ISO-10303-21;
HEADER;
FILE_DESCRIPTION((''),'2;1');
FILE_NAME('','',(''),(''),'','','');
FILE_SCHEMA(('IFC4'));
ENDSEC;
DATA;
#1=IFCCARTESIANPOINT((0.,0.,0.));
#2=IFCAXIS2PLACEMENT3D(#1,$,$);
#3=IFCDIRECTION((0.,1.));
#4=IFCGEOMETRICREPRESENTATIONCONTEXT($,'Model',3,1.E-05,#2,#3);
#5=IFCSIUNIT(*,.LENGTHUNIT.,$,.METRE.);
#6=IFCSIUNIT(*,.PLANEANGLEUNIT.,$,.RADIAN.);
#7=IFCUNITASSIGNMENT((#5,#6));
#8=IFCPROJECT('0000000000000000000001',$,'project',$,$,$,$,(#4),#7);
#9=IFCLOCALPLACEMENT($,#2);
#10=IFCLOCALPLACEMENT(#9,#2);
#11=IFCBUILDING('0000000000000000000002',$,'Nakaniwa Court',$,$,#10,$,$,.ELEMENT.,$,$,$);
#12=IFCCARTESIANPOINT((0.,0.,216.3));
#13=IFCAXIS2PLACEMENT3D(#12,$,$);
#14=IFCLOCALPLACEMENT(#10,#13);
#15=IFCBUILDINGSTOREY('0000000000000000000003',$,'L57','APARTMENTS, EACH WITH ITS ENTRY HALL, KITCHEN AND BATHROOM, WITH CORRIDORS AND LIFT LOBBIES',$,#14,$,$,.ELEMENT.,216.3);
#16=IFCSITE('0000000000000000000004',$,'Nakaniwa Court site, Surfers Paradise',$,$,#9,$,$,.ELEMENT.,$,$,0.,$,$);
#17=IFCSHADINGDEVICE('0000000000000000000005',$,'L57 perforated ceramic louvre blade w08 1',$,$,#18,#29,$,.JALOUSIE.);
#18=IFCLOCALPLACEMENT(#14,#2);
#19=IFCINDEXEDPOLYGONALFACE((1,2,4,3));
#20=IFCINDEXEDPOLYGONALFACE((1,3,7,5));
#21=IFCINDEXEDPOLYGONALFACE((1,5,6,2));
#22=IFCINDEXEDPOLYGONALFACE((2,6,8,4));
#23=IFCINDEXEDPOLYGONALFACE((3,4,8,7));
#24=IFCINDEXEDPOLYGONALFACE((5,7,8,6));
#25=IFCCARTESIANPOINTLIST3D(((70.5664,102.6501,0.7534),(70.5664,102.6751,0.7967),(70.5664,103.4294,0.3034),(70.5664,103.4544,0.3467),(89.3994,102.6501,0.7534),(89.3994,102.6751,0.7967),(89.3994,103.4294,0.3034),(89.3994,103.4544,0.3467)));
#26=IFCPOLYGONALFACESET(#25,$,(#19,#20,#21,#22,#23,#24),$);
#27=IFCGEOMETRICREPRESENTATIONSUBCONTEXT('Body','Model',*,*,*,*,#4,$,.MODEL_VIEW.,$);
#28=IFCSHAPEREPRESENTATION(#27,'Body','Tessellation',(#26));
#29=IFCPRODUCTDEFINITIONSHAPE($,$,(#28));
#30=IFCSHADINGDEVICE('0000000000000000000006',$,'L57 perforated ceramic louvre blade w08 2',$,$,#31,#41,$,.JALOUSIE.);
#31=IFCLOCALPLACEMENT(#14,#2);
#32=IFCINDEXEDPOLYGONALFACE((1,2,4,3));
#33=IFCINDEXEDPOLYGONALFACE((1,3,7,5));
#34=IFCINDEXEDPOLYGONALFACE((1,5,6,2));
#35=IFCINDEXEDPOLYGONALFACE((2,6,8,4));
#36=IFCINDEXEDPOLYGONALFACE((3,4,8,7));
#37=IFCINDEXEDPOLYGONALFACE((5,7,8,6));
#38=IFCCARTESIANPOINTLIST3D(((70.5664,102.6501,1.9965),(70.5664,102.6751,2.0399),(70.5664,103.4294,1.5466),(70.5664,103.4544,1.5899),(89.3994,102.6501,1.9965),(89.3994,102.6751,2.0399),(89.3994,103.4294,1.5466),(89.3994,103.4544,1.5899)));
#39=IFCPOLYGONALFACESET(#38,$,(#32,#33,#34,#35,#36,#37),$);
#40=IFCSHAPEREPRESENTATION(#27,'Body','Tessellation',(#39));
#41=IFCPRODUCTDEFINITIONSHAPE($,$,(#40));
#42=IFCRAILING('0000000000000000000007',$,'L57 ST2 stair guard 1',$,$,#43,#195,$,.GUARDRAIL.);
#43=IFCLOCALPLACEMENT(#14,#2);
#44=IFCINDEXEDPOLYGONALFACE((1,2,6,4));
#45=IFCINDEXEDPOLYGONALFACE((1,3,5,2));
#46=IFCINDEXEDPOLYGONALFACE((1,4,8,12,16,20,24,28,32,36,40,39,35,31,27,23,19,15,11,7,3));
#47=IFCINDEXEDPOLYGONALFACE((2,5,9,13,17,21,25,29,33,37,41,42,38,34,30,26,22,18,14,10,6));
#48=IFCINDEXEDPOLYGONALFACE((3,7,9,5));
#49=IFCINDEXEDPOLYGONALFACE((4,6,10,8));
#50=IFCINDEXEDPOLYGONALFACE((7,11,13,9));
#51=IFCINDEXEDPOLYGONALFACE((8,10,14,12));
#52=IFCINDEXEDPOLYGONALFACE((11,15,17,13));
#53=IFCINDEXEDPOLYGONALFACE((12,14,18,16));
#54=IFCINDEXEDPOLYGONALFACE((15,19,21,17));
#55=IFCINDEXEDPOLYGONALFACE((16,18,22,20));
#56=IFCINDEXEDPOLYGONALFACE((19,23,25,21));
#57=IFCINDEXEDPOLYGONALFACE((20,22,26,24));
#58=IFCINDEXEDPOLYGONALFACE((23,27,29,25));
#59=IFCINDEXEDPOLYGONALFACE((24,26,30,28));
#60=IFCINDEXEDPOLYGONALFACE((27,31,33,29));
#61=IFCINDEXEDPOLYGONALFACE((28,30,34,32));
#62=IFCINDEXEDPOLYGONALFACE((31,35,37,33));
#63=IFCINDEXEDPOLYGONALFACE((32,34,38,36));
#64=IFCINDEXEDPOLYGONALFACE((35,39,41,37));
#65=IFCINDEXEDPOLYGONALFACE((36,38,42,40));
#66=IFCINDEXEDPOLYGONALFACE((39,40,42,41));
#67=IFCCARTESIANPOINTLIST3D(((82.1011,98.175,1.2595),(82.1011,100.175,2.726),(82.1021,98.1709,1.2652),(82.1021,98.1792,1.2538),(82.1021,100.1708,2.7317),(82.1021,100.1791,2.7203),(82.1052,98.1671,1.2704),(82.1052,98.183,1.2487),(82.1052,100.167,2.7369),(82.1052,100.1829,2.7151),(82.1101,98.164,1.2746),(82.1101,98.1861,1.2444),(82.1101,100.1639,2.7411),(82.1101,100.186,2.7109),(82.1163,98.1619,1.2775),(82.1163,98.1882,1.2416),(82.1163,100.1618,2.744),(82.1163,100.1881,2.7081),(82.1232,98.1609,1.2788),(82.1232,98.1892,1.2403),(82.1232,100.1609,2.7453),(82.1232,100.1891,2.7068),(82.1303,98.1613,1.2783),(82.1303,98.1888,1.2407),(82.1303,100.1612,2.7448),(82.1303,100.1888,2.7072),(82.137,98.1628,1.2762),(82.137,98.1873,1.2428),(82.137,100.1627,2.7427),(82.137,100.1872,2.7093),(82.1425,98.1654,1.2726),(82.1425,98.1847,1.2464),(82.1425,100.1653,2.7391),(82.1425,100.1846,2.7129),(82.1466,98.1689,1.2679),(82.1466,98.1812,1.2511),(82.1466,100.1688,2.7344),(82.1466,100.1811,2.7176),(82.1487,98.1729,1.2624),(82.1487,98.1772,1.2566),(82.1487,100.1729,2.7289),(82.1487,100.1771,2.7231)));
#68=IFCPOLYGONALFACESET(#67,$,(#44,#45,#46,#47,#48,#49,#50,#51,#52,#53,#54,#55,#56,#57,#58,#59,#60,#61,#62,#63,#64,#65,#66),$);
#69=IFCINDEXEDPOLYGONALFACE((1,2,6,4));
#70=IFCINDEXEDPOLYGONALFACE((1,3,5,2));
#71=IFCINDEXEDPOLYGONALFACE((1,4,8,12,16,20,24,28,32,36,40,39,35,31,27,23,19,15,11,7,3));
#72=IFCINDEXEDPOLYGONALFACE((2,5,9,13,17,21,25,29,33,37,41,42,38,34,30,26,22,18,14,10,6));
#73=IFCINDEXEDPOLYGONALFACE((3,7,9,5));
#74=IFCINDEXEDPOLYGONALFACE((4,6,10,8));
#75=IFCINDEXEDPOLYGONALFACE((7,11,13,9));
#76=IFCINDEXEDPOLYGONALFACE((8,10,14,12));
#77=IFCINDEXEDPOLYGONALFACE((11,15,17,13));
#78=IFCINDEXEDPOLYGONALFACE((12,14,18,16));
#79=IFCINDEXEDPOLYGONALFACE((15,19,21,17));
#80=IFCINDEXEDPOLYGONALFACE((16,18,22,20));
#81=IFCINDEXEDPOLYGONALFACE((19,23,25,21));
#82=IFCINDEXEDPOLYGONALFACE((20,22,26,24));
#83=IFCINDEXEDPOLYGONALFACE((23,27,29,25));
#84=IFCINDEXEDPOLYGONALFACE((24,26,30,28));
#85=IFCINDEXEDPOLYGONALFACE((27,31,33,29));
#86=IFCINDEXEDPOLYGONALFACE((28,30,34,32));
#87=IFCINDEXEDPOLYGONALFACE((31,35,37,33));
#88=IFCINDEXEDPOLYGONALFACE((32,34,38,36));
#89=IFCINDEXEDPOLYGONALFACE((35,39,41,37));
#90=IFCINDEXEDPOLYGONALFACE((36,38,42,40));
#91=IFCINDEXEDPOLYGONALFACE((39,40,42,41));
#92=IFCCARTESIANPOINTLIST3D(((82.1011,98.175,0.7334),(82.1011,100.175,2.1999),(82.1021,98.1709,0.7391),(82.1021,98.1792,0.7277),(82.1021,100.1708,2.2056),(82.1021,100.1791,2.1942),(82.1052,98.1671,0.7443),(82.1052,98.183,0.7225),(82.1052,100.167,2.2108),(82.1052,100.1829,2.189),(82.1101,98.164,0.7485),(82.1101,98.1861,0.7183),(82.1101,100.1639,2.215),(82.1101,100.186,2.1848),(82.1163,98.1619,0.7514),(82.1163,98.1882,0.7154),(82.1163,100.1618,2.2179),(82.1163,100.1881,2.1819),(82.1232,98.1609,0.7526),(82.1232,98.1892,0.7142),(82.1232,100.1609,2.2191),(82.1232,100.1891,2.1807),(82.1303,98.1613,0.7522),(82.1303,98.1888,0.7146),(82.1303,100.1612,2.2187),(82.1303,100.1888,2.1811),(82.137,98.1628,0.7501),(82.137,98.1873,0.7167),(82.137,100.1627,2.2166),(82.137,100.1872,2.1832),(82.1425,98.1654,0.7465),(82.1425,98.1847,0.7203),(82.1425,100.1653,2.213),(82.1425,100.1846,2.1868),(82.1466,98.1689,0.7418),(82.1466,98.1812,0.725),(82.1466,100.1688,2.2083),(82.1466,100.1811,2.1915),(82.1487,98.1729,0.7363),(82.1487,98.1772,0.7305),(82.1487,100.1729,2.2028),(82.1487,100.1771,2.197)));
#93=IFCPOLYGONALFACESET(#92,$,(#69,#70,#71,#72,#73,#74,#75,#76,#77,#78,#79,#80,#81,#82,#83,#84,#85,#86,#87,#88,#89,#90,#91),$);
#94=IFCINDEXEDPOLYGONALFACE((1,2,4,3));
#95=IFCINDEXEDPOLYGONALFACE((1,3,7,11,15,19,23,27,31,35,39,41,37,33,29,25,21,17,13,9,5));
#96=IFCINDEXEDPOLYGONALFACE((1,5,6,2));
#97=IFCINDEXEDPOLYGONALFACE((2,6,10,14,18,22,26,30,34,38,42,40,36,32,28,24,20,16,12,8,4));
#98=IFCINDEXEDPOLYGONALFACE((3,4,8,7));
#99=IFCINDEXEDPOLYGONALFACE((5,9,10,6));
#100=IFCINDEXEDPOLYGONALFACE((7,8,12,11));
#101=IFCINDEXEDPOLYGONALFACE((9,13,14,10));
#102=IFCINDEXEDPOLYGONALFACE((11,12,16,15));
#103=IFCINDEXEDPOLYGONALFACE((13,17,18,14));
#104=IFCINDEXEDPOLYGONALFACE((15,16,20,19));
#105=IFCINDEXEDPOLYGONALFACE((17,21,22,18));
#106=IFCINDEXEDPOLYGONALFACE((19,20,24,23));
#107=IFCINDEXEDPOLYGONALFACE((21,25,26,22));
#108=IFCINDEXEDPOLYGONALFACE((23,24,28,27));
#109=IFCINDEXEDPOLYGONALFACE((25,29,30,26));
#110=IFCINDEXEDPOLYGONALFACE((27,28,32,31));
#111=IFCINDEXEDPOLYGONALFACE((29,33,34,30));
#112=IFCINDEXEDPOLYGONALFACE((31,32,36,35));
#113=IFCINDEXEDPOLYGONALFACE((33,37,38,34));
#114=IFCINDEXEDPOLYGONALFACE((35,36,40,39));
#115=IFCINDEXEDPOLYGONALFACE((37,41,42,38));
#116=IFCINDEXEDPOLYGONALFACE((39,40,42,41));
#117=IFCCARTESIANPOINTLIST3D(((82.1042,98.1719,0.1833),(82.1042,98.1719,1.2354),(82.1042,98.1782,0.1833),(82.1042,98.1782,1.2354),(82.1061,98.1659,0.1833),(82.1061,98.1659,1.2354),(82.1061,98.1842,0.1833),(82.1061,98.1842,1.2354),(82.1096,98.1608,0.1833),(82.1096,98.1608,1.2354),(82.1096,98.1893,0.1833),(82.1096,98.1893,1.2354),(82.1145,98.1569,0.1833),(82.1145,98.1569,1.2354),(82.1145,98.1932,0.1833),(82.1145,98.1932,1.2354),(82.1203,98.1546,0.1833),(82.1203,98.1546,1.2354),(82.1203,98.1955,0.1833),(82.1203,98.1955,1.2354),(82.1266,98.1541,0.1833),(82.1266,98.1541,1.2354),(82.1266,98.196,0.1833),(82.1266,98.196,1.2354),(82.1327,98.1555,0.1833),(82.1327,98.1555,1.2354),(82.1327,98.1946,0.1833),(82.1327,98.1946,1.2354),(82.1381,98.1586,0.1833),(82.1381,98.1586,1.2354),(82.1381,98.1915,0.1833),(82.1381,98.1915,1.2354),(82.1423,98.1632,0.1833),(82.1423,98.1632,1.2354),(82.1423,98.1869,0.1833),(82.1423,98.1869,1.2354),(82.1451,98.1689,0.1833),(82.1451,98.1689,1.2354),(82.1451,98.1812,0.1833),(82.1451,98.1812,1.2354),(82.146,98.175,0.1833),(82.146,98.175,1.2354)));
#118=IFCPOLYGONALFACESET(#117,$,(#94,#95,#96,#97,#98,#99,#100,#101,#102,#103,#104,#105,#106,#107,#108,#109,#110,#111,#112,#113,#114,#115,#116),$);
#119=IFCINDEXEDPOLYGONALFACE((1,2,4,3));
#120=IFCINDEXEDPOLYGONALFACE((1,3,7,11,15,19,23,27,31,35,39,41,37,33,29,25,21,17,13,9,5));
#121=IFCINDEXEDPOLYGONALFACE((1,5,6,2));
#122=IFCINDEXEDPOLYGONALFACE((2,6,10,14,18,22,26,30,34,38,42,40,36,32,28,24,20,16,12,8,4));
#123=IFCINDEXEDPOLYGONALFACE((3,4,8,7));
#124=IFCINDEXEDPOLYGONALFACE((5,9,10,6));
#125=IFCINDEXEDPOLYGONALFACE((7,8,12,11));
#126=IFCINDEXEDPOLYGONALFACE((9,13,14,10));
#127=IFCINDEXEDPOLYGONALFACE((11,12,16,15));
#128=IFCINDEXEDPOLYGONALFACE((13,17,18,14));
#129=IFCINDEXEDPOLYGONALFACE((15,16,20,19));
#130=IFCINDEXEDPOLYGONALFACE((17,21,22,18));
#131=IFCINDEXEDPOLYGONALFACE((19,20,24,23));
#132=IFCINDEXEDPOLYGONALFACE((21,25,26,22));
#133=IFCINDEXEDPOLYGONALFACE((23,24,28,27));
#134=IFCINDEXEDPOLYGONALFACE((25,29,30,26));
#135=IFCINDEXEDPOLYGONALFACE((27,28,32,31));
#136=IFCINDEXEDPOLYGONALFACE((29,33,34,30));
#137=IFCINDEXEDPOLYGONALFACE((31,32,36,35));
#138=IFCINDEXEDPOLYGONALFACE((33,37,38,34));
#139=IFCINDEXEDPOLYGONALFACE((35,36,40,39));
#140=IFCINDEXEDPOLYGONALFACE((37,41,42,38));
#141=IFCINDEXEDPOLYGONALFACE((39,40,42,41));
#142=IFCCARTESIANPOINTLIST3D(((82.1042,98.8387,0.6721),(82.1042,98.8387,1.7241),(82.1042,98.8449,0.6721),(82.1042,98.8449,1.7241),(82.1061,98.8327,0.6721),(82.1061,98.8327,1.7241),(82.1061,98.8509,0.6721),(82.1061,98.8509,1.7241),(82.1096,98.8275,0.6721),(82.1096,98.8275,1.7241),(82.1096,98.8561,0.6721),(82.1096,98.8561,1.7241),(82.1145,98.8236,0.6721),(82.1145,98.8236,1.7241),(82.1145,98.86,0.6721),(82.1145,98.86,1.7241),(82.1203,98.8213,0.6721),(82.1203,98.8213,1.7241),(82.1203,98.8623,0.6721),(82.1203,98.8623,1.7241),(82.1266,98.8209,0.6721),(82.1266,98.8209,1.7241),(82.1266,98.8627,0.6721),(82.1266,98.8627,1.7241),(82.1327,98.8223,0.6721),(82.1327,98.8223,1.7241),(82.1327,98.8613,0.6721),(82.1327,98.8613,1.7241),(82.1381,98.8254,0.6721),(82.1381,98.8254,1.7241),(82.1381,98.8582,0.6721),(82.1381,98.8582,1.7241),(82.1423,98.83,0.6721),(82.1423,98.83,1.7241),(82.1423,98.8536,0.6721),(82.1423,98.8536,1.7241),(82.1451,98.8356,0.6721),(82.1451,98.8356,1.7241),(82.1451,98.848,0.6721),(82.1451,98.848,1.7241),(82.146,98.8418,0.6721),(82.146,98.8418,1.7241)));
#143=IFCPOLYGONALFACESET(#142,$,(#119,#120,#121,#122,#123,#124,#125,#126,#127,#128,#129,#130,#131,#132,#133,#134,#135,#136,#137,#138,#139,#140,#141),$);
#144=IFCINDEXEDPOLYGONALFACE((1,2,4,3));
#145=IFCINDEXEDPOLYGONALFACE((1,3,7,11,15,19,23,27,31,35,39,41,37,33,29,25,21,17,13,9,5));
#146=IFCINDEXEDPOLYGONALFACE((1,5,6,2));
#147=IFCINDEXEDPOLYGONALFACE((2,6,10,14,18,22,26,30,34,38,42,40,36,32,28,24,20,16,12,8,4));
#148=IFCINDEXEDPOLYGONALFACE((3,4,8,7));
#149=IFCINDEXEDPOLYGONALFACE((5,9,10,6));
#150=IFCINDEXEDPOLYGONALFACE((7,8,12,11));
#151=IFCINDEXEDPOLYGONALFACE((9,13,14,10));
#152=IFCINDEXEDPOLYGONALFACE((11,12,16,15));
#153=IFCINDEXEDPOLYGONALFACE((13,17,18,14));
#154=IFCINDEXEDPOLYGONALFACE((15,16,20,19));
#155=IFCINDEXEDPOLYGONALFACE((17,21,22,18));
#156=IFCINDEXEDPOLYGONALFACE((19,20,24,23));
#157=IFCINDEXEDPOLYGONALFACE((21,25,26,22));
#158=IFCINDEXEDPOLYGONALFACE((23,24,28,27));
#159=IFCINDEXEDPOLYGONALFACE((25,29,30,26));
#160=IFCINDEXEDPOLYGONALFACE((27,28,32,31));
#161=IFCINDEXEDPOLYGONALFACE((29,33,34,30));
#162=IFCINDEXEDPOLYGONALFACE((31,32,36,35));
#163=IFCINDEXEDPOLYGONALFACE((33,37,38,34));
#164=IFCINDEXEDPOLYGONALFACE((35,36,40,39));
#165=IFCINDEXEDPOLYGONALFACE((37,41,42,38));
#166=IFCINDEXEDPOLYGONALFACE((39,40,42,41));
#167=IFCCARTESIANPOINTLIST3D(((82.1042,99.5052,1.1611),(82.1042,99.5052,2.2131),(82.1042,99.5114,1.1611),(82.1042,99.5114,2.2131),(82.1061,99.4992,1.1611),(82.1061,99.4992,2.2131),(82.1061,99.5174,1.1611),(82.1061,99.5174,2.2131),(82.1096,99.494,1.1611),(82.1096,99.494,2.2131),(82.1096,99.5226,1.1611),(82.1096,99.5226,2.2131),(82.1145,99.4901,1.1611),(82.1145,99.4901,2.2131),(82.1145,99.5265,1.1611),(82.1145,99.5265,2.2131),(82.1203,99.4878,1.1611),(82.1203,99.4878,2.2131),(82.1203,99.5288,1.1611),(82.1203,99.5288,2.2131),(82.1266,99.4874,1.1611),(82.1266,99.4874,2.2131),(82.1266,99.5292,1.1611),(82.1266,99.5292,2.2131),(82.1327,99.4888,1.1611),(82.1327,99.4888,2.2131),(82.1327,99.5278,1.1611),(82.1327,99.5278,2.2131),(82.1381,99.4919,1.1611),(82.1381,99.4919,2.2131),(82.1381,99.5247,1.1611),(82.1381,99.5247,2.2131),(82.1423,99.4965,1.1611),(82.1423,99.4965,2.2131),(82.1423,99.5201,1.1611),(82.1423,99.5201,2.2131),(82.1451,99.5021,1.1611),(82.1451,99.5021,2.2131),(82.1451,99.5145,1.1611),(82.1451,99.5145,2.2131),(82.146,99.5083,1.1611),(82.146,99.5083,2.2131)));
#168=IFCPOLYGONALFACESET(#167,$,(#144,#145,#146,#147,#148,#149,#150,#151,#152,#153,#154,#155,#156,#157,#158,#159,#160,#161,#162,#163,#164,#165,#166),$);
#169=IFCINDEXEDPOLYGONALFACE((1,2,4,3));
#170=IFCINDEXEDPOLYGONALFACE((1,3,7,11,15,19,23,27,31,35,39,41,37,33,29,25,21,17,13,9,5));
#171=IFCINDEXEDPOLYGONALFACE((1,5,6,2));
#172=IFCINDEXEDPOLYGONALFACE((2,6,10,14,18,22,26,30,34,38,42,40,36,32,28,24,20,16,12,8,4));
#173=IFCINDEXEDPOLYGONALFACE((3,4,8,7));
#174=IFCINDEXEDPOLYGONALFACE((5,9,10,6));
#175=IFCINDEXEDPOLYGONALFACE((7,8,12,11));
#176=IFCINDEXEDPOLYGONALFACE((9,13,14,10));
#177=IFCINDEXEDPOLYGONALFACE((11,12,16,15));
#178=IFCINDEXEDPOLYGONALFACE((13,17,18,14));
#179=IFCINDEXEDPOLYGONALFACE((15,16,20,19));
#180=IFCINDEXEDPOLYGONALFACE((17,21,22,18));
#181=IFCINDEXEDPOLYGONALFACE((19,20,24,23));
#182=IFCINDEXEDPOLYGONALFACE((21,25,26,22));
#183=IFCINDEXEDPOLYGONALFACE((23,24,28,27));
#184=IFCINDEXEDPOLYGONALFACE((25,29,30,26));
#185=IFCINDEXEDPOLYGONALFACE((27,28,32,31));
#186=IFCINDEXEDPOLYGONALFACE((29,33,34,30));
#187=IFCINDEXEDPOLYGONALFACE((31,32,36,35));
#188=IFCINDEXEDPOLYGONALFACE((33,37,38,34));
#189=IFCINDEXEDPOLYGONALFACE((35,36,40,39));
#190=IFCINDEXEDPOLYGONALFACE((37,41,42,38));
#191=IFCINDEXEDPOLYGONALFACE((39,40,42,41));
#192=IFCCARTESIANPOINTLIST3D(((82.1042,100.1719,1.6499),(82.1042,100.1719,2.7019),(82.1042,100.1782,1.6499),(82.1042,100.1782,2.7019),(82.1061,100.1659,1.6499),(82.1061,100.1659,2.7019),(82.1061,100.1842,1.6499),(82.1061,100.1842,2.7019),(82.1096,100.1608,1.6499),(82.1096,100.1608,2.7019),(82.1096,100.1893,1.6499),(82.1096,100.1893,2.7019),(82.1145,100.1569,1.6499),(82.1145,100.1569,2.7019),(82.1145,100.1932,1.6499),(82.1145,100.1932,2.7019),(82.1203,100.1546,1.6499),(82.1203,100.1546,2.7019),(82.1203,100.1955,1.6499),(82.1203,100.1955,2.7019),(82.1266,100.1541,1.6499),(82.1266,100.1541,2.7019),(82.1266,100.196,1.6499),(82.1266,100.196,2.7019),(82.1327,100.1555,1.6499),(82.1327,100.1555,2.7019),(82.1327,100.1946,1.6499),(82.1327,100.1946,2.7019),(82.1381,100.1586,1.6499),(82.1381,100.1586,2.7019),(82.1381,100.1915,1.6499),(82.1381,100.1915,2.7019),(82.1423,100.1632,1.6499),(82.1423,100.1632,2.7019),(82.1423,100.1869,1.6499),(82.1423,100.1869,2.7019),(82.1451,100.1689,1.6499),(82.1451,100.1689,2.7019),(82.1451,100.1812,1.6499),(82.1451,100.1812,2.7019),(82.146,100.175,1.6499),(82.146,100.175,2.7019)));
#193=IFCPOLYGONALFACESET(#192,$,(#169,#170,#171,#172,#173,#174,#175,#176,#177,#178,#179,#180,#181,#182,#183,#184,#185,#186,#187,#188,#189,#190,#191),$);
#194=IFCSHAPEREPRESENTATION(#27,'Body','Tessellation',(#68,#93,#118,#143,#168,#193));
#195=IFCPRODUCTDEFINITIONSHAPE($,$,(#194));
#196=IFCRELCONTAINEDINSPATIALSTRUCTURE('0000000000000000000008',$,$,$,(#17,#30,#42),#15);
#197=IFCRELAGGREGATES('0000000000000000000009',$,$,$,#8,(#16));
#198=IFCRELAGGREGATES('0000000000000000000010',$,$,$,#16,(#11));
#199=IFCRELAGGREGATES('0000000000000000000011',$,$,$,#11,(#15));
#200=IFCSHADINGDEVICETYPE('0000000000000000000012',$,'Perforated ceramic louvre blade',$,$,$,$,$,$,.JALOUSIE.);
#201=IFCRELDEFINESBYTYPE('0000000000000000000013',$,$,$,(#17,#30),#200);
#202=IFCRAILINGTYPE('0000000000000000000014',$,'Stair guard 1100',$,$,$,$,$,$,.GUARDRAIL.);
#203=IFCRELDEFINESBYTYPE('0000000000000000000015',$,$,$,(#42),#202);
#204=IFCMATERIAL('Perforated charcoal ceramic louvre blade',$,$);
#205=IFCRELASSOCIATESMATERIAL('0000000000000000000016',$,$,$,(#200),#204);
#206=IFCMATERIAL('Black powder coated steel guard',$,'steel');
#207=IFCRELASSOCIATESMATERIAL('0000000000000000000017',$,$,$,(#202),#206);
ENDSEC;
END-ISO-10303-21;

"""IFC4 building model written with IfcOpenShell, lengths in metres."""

from ifc_helpers import new_model, si_unit, direction, frame, origin, origin_2d, place, context, subcontext, project, spatial, rectangle, circle, extrude, material, material_profile, profile_set, type_object, element, save


model = new_model("IFC4")

# Units and contexts
model_context = context("Model", 3, precision=1e-05, world=origin(), true_north=direction((0.0, 1.0)))
body_context = subcontext(model_context, "Body", "Model", "MODEL_VIEW")
ifc_project = project(units=[si_unit("LENGTHUNIT", "METRE"), si_unit("PLANEANGLEUNIT", "RADIAN")], contexts=[model_context])

# Site, building, storey
site_placement = place(None, origin())
site = spatial("IfcSite", under=ifc_project, at=site_placement, Name="Nakaniwa Court site, Surfers Paradise", CompositionType="ELEMENT", RefElevation=0.0)
building_placement = place(site_placement, origin())
building = spatial("IfcBuilding", under=site, at=building_placement, Name="Nakaniwa Court", CompositionType="ELEMENT")
storey_placement = place(building_placement, frame((0.0, 0.0, 216.3)))
storey = spatial("IfcBuildingStorey", under=building, at=storey_placement, Name="L57", Description="APARTMENTS, EACH WITH ITS ENTRY HALL, KITCHEN AND BATHROOM, WITH CORRIDORS AND LIFT LOBBIES", CompositionType="ELEMENT", Elevation=216.3)

# Shading devices
ifc_material_1 = material(Name="Perforated charcoal ceramic louvre blade")
ifc_material_profile_1 = material_profile(ifc_material_1, rectangle(XDim=0.8999, YDim=0.05, at=origin_2d()), Name="Perforated ceramic louvre blade")
ifc_profile_set_1 = profile_set([ifc_material_profile_1], Name="Perforated charcoal ceramic louvre blade")
shading_device_type = type_object("IfcShadingDeviceType", Name="Perforated ceramic louvre blade", PredefinedType="JALOUSIE", material=ifc_profile_set_1)
for number, where, z_axis, x_axis, name in (
    (1, (89.3994, 103.0522, 0.55), (-1.0, 0.0, 0.0), (0.0, -0.866025, 0.5), "L57 perforated ceramic louvre blade w08 1"),
    (2, (89.3994, 103.0522, 1.7932), (-1.0, 0.0, 0.0), (0.0, -0.866025, 0.5), "L57 perforated ceramic louvre blade w08 2"),
):
    element("IfcShadingDevice", number, at=place(storey_placement, frame(where, z_axis=z_axis, x_axis=x_axis)), inside=storey, type_object=shading_device_type, Name=name, PredefinedType="JALOUSIE", context=body_context, shape_type="SweptSolid", body=[
        extrude(rectangle(XDim=0.8999, YDim=0.05, at=origin_2d()), origin(), (0.0, 0.0, 1.0), 18.833),
    ])

# Railing
ifc_material_2 = material(Name="Black powder coated steel guard", Category="steel")
railing_type_1 = type_object("IfcRailingType", Name="Stair guard 1100", PredefinedType="GUARDRAIL", material=ifc_material_2)
railing_1_placement = place(storey_placement, frame((82.125, 98.175, 0.1833)))
element("IfcRailing", 3, at=railing_1_placement, inside=storey, type_object=railing_type_1, Name="L57 ST2 stair guard 1", PredefinedType="GUARDRAIL", context=body_context, shape_type="SweptSolid", body=[
    extrude(circle(Radius=0.0239, at=origin_2d()), frame((0.0, 0.0, 1.0762), z_axis=(0.0, 0.806427, 0.591334), x_axis=(-1.0, 0.0, 0.0)), (0.0, 0.0, 1.0), 2.48),
    extrude(circle(Radius=0.0239, at=origin_2d()), frame((0.0, 0.0, 0.55), z_axis=(0.0, 0.806427, 0.591334), x_axis=(-1.0, 0.0, 0.0)), (0.0, 0.0, 1.0), 2.48),
    extrude(circle(Radius=0.021, at=origin_2d()), origin(), (0.0, 0.0, 1.0), 1.052),
    extrude(circle(Radius=0.021, at=origin_2d()), frame((0.0, 0.6667, 0.4888)), (0.0, 0.0, 1.0), 1.052),
    extrude(circle(Radius=0.021, at=origin_2d()), frame((0.0, 1.3333, 0.9778)), (0.0, 0.0, 1.0), 1.052),
    extrude(circle(Radius=0.021, at=origin_2d()), frame((0.0, 2.0, 1.4666)), (0.0, 0.0, 1.0), 1.052),
])

save(model, "model.ifc")
